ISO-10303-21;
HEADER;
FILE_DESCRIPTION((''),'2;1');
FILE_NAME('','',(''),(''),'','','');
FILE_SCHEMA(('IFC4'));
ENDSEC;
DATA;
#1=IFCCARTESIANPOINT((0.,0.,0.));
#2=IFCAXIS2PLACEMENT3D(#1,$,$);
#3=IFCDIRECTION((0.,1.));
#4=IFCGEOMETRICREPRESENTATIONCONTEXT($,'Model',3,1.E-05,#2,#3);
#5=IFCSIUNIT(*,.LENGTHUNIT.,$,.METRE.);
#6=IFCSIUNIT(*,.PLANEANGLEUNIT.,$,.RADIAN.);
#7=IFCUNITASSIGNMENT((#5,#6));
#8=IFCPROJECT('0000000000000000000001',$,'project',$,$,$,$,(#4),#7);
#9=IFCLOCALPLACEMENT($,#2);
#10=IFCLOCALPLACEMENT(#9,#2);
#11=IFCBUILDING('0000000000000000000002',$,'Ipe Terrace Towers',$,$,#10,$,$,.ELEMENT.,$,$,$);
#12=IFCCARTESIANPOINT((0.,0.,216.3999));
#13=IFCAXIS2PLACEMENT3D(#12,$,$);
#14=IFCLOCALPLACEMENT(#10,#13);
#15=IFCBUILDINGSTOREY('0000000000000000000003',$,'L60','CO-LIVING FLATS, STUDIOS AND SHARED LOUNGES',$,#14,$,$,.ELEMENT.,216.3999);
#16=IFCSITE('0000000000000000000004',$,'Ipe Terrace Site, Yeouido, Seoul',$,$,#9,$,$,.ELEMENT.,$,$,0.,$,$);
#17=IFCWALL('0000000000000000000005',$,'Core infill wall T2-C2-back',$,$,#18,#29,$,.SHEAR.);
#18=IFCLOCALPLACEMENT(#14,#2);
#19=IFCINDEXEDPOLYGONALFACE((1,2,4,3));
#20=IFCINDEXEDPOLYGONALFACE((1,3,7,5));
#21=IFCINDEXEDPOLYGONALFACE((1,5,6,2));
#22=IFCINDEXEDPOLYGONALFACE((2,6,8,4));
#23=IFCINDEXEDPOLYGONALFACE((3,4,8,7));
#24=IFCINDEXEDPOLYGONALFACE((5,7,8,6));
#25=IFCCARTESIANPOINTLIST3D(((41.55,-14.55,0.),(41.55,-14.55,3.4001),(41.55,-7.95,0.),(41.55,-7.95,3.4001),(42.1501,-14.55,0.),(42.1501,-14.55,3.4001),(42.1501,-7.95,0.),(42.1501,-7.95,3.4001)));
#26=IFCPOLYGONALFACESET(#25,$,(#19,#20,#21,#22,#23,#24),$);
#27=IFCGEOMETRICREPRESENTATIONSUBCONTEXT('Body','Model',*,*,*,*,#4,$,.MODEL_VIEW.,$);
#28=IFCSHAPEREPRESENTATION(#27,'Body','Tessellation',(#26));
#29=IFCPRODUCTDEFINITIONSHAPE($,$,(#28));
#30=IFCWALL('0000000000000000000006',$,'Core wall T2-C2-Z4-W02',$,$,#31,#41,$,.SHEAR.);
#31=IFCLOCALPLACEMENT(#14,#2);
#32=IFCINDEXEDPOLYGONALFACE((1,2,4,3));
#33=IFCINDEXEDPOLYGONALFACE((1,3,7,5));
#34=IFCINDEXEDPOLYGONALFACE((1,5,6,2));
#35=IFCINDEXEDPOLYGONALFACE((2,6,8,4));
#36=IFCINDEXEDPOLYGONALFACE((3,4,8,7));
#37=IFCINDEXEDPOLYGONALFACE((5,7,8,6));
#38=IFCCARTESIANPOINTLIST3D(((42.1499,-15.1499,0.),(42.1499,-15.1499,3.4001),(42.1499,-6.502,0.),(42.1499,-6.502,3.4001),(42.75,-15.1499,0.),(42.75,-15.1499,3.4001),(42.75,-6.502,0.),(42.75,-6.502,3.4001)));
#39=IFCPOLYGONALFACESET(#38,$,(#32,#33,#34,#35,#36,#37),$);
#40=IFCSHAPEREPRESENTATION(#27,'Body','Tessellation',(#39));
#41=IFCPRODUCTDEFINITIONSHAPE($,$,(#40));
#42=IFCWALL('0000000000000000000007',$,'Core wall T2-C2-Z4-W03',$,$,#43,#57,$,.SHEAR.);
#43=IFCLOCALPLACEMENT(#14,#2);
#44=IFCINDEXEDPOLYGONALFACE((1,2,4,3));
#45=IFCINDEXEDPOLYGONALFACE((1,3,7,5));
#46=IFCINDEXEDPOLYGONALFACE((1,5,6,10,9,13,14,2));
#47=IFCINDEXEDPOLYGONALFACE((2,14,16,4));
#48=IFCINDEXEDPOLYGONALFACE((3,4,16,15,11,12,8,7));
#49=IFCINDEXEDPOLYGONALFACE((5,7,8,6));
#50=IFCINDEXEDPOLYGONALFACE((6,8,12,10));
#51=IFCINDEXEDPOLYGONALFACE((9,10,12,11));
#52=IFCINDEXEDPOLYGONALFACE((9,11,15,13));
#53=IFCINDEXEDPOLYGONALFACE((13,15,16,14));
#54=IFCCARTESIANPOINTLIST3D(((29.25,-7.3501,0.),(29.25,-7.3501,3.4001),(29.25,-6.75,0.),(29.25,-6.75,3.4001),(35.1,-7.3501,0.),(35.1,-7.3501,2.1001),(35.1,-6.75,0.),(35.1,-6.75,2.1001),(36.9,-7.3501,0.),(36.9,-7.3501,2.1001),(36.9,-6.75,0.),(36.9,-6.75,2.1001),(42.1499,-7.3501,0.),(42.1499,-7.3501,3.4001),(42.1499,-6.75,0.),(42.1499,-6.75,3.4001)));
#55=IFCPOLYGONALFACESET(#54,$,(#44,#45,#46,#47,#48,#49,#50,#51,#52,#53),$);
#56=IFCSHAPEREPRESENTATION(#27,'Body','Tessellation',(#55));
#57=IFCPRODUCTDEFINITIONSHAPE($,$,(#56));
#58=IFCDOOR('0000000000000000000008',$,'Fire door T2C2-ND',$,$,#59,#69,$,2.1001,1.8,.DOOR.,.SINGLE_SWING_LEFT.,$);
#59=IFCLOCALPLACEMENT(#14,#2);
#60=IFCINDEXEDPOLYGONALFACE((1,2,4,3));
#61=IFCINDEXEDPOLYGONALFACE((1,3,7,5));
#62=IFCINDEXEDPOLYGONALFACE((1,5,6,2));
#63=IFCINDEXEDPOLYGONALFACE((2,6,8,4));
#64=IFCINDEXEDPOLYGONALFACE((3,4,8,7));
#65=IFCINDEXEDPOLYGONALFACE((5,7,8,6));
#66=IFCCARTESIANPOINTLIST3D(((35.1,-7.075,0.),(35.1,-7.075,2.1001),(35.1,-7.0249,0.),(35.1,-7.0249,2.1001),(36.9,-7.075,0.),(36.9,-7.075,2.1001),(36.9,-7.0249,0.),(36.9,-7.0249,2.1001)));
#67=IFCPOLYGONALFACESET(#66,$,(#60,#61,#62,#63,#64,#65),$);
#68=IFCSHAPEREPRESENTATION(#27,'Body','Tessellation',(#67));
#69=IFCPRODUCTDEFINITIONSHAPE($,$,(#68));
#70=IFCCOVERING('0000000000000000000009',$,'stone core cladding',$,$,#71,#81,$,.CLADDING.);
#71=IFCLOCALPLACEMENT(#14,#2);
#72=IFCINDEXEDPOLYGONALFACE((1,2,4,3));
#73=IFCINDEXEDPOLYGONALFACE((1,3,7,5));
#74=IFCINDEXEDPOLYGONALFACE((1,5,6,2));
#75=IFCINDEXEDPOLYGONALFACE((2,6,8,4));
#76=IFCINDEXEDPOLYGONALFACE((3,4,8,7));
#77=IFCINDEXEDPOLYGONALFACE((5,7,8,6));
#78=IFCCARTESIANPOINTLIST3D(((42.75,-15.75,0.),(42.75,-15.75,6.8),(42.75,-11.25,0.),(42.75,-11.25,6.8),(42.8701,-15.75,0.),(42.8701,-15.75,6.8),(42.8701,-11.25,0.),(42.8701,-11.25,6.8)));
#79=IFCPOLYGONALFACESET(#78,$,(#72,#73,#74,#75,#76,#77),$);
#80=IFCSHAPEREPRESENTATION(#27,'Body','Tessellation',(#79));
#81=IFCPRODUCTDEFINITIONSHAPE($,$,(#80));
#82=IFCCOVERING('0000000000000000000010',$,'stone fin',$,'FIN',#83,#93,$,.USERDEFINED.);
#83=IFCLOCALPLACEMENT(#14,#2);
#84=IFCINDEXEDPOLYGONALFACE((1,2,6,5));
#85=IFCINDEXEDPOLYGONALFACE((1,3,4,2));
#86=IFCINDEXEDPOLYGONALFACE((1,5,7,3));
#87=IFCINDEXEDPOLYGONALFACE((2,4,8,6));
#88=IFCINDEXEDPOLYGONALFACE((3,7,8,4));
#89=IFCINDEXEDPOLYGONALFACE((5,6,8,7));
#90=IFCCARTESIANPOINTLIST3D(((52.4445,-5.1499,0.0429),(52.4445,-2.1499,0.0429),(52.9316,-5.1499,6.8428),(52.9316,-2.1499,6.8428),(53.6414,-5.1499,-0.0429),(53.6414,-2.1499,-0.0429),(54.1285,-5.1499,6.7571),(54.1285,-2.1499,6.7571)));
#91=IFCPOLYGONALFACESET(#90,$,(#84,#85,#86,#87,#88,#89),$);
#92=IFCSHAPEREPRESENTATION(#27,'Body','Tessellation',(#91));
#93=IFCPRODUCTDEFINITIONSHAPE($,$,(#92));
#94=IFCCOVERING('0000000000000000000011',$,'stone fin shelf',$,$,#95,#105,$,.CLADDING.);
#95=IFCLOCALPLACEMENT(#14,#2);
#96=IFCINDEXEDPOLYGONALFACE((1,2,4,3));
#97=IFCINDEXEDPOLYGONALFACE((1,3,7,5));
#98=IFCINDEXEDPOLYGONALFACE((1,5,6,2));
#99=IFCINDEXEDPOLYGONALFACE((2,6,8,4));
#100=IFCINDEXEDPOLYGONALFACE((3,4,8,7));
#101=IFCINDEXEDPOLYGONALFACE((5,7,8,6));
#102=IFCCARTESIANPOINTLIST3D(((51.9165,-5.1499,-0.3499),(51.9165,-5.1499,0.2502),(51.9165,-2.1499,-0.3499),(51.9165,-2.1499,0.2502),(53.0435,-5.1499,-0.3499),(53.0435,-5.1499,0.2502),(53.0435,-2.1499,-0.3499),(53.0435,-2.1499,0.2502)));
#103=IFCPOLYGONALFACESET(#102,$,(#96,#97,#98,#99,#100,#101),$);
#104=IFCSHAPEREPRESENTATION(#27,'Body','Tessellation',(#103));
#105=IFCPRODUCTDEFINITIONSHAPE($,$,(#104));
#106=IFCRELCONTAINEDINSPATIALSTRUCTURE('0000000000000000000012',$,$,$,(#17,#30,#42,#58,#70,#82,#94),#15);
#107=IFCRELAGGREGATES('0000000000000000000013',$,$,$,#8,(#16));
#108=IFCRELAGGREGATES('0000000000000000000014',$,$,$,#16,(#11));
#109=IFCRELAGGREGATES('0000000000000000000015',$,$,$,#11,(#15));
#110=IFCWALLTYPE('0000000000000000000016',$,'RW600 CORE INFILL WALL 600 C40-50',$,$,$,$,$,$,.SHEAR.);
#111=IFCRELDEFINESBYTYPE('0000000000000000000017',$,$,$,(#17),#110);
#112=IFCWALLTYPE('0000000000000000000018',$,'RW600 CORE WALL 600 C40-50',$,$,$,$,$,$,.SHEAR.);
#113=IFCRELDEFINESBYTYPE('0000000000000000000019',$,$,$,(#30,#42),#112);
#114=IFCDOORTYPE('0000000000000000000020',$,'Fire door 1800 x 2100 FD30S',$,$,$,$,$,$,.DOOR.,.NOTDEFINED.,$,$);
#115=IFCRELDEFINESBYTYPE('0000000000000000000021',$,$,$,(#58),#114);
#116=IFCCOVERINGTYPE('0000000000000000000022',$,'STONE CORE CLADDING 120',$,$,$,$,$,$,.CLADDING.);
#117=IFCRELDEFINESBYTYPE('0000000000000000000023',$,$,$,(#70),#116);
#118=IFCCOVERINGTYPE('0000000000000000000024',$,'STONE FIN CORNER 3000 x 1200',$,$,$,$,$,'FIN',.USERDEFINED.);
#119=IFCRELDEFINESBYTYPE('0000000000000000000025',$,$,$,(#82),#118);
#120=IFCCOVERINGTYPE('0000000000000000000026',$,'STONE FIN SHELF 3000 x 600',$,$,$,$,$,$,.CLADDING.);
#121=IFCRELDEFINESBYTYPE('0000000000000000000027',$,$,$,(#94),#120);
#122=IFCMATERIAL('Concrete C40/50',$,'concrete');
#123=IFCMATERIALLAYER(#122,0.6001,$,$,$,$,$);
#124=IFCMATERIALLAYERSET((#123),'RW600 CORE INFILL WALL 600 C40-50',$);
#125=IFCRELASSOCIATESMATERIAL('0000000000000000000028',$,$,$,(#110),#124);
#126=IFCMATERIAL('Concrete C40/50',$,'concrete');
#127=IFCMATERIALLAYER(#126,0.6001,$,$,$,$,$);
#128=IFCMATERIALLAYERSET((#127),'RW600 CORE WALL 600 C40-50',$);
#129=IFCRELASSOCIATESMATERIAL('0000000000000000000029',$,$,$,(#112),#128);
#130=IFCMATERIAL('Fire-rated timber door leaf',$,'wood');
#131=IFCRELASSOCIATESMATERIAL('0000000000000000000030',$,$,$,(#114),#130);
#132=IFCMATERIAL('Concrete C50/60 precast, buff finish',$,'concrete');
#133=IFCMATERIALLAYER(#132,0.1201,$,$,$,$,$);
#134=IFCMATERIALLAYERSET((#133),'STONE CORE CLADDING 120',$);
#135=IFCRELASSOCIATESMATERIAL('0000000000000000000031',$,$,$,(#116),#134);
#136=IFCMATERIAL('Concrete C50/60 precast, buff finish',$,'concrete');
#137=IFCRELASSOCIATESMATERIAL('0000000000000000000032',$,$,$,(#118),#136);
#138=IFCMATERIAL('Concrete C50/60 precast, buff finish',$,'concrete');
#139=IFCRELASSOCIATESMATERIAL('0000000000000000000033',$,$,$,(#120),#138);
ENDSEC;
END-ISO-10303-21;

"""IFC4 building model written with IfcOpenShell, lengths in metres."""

from ifc_helpers import new_model, si_unit, direction, frame, frame_2d, origin, origin_2d, place, context, subcontext, project, spatial, rectangle, extrude, material, layer, layer_set, material_profile, profile_set, type_object, element, fill, save


model = new_model("IFC4")

# Units and contexts
model_context = context("Model", 3, precision=1e-05, world=origin(), true_north=direction((0.0, 1.0)))
body_context = subcontext(model_context, "Body", "Model", "MODEL_VIEW")
ifc_project = project(units=[si_unit("LENGTHUNIT", "METRE"), si_unit("PLANEANGLEUNIT", "RADIAN")], contexts=[model_context])

# Site, building, storey
site_placement = place(None, origin())
site = spatial("IfcSite", under=ifc_project, at=site_placement, Name="Ipe Terrace Site, Yeouido, Seoul", CompositionType="ELEMENT", RefElevation=0.0)
building_placement = place(site_placement, origin())
building = spatial("IfcBuilding", under=site, at=building_placement, Name="Ipe Terrace Towers", CompositionType="ELEMENT")
storey_placement = place(building_placement, frame((0.0, 0.0, 216.3999)))
storey = spatial("IfcBuildingStorey", under=building, at=storey_placement, Name="L60", Description="CO-LIVING FLATS, STUDIOS AND SHARED LOUNGES", CompositionType="ELEMENT", Elevation=216.3999)

# Walls
ifc_material_1 = material(Name="Concrete C40/50", Category="concrete")
ifc_layer_1 = layer(ifc_material_1, 0.6001)
ifc_layer_set_1 = layer_set([ifc_layer_1], Name="RW600 CORE INFILL WALL 600 C40-50")
wall_type_1 = type_object("IfcWallType", Name="RW600 CORE INFILL WALL 600 C40-50", PredefinedType="SHEAR", material=ifc_layer_set_1)
wall_1_placement = place(storey_placement, frame((41.8501, -7.95, 0.0), z_axis=(0.0, 0.0, 1.0), x_axis=(0.0, -1.0, 0.0)))
element("IfcWall", 1, at=wall_1_placement, inside=storey, type_object=wall_type_1, Name="Core infill wall T2-C2-back", PredefinedType="SHEAR", context=body_context, shape_type="SweptSolid", body=[
    extrude(rectangle(XDim=6.6001, YDim=0.6001, at=frame_2d((3.3, 0.0))), origin(), (0.0, 0.0, 1.0), 3.4001),
])
ifc_material_2 = material(Name="Concrete C40/50", Category="concrete")
ifc_layer_2 = layer(ifc_material_2, 0.6001)
ifc_layer_set_2 = layer_set([ifc_layer_2], Name="RW600 CORE WALL 600 C40-50")
wall_type_2 = type_object("IfcWallType", Name="RW600 CORE WALL 600 C40-50", PredefinedType="SHEAR", material=ifc_layer_set_2)
wall_2_placement = place(storey_placement, frame((42.45, -15.1499, 0.0), z_axis=(0.0, 0.0, 1.0), x_axis=(0.0, 1.0, 0.0)))
element("IfcWall", 2, at=wall_2_placement, inside=storey, type_object=wall_type_2, Name="Core wall T2-C2-Z4-W02", PredefinedType="SHEAR", context=body_context, shape_type="SweptSolid", body=[
    extrude(rectangle(XDim=8.6479, YDim=0.6001, at=frame_2d((4.324, 0.0))), origin(), (0.0, 0.0, 1.0), 3.4001),
])

# Wall, opening, door
wall_3_placement = place(storey_placement, frame((42.1499, -7.05, 0.0), z_axis=(0.0, 0.0, 1.0), x_axis=(-1.0, 0.0, 0.0)))
wall_3 = element("IfcWall", 3, at=wall_3_placement, inside=storey, type_object=wall_type_2, Name="Core wall T2-C2-Z4-W03", PredefinedType="SHEAR", context=body_context, shape_type="SweptSolid", body=[
    extrude(rectangle(XDim=12.8999, YDim=0.6001, at=frame_2d((6.45, 0.0))), origin(), (0.0, 0.0, 1.0), 3.4001),
])
opening_1_placement = place(wall_3_placement, frame((5.25, 0.0, 0.0)))
opening_1 = element("IfcOpeningElement", 4, at=opening_1_placement, cuts=wall_3, PredefinedType="OPENING", context=body_context, shape_type="SweptSolid", body=[
    extrude(rectangle(XDim=1.8, YDim=2.1001, at=frame_2d((0.8999, 1.05))), frame((0.0, 0.3101, 0.0), z_axis=(0.0, -1.0, 0.0), x_axis=(1.0, 0.0, 0.0)), (0.0, 0.0, 1.0), 0.6201),
])
ifc_material_3 = material(Name="Fire-rated timber door leaf", Category="wood")
door_type_1 = type_object("IfcDoorType", Name="Fire door 1800 x 2100 FD30S", OperationType="NOTDEFINED", PredefinedType="DOOR", material=ifc_material_3)
door_1_placement = place(opening_1_placement, origin())
door_1 = element("IfcDoor", 5, at=door_1_placement, inside=storey, type_object=door_type_1, Name="Fire door T2C2-ND", OperationType="SINGLE_SWING_LEFT", OverallHeight=2.1001, OverallWidth=1.8, PredefinedType="DOOR", context=body_context, shape_type="SweptSolid", body=[
    extrude(rectangle(XDim=1.8, YDim=2.1001, at=frame_2d((0.8999, 1.05))), frame((0.0, 0.0249, 0.0), z_axis=(0.0, -1.0, 0.0), x_axis=(1.0, 0.0, 0.0)), (0.0, 0.0, 1.0), 0.05),
])
fill(opening_1, door_1)

# Coverings
ifc_material_4 = material(Name="Concrete C50/60 precast, buff finish", Category="concrete")
ifc_layer_3 = layer(ifc_material_4, 0.1201)
ifc_layer_set_3 = layer_set([ifc_layer_3], Name="STONE CORE CLADDING 120")
covering_type_1 = type_object("IfcCoveringType", Name="STONE CORE CLADDING 120", PredefinedType="CLADDING", material=ifc_layer_set_3)
covering_1_placement = place(storey_placement, frame((42.8101, -13.5, 0.0), z_axis=(0.0, 0.0, 1.0), x_axis=(0.0, 1.0, 0.0)))
element("IfcCovering", 6, at=covering_1_placement, inside=storey, type_object=covering_type_1, Name="stone core cladding", PredefinedType="CLADDING", context=body_context, shape_type="SweptSolid", body=[
    extrude(rectangle(XDim=4.5, YDim=0.1201, at=origin_2d()), origin(), (0.0, 0.0, 1.0), 6.8),
])
ifc_material_5 = material(Name="Concrete C50/60 precast, buff finish", Category="concrete")
ifc_material_profile_1 = material_profile(ifc_material_5, rectangle(XDim=3.0, YDim=1.2, at=origin_2d()), Name="STONE FIN CORNER 3000 x 1200")
ifc_profile_set_1 = profile_set([ifc_material_profile_1], Name="Concrete C50/60 precast, buff finish")
covering_type_2 = type_object("IfcCoveringType", Name="STONE FIN CORNER 3000 x 1200", ElementType="FIN", PredefinedType="USERDEFINED", material=ifc_profile_set_1)
covering_2_placement = place(storey_placement, frame((53.043, -3.6499, 0.0), z_axis=(0.071443, 0.0, 0.997445), x_axis=(0.0, 1.0, 0.0)))
element("IfcCovering", 7, at=covering_2_placement, inside=storey, type_object=covering_type_2, Name="stone fin", ObjectType="FIN", PredefinedType="USERDEFINED", context=body_context, shape_type="SweptSolid", body=[
    extrude(rectangle(XDim=3.0, YDim=1.2, at=origin_2d()), origin(), (0.0, 0.0, 1.0), 6.8174),
])
ifc_material_6 = material(Name="Concrete C50/60 precast, buff finish", Category="concrete")
covering_type_3 = type_object("IfcCoveringType", Name="STONE FIN SHELF 3000 x 600", PredefinedType="CLADDING", material=ifc_material_6)
covering_3_placement = place(storey_placement, frame((52.48, -3.6499, -0.3499), z_axis=(0.0, 0.0, 1.0), x_axis=(0.0, 1.0, 0.0)))
element("IfcCovering", 8, at=covering_3_placement, inside=storey, type_object=covering_type_3, Name="stone fin shelf", PredefinedType="CLADDING", context=body_context, shape_type="SweptSolid", body=[
    extrude(rectangle(XDim=3.0, YDim=1.127, at=origin_2d()), origin(), (0.0, 0.0, 1.0), 0.6001),
])

save(model, "model.ifc")
